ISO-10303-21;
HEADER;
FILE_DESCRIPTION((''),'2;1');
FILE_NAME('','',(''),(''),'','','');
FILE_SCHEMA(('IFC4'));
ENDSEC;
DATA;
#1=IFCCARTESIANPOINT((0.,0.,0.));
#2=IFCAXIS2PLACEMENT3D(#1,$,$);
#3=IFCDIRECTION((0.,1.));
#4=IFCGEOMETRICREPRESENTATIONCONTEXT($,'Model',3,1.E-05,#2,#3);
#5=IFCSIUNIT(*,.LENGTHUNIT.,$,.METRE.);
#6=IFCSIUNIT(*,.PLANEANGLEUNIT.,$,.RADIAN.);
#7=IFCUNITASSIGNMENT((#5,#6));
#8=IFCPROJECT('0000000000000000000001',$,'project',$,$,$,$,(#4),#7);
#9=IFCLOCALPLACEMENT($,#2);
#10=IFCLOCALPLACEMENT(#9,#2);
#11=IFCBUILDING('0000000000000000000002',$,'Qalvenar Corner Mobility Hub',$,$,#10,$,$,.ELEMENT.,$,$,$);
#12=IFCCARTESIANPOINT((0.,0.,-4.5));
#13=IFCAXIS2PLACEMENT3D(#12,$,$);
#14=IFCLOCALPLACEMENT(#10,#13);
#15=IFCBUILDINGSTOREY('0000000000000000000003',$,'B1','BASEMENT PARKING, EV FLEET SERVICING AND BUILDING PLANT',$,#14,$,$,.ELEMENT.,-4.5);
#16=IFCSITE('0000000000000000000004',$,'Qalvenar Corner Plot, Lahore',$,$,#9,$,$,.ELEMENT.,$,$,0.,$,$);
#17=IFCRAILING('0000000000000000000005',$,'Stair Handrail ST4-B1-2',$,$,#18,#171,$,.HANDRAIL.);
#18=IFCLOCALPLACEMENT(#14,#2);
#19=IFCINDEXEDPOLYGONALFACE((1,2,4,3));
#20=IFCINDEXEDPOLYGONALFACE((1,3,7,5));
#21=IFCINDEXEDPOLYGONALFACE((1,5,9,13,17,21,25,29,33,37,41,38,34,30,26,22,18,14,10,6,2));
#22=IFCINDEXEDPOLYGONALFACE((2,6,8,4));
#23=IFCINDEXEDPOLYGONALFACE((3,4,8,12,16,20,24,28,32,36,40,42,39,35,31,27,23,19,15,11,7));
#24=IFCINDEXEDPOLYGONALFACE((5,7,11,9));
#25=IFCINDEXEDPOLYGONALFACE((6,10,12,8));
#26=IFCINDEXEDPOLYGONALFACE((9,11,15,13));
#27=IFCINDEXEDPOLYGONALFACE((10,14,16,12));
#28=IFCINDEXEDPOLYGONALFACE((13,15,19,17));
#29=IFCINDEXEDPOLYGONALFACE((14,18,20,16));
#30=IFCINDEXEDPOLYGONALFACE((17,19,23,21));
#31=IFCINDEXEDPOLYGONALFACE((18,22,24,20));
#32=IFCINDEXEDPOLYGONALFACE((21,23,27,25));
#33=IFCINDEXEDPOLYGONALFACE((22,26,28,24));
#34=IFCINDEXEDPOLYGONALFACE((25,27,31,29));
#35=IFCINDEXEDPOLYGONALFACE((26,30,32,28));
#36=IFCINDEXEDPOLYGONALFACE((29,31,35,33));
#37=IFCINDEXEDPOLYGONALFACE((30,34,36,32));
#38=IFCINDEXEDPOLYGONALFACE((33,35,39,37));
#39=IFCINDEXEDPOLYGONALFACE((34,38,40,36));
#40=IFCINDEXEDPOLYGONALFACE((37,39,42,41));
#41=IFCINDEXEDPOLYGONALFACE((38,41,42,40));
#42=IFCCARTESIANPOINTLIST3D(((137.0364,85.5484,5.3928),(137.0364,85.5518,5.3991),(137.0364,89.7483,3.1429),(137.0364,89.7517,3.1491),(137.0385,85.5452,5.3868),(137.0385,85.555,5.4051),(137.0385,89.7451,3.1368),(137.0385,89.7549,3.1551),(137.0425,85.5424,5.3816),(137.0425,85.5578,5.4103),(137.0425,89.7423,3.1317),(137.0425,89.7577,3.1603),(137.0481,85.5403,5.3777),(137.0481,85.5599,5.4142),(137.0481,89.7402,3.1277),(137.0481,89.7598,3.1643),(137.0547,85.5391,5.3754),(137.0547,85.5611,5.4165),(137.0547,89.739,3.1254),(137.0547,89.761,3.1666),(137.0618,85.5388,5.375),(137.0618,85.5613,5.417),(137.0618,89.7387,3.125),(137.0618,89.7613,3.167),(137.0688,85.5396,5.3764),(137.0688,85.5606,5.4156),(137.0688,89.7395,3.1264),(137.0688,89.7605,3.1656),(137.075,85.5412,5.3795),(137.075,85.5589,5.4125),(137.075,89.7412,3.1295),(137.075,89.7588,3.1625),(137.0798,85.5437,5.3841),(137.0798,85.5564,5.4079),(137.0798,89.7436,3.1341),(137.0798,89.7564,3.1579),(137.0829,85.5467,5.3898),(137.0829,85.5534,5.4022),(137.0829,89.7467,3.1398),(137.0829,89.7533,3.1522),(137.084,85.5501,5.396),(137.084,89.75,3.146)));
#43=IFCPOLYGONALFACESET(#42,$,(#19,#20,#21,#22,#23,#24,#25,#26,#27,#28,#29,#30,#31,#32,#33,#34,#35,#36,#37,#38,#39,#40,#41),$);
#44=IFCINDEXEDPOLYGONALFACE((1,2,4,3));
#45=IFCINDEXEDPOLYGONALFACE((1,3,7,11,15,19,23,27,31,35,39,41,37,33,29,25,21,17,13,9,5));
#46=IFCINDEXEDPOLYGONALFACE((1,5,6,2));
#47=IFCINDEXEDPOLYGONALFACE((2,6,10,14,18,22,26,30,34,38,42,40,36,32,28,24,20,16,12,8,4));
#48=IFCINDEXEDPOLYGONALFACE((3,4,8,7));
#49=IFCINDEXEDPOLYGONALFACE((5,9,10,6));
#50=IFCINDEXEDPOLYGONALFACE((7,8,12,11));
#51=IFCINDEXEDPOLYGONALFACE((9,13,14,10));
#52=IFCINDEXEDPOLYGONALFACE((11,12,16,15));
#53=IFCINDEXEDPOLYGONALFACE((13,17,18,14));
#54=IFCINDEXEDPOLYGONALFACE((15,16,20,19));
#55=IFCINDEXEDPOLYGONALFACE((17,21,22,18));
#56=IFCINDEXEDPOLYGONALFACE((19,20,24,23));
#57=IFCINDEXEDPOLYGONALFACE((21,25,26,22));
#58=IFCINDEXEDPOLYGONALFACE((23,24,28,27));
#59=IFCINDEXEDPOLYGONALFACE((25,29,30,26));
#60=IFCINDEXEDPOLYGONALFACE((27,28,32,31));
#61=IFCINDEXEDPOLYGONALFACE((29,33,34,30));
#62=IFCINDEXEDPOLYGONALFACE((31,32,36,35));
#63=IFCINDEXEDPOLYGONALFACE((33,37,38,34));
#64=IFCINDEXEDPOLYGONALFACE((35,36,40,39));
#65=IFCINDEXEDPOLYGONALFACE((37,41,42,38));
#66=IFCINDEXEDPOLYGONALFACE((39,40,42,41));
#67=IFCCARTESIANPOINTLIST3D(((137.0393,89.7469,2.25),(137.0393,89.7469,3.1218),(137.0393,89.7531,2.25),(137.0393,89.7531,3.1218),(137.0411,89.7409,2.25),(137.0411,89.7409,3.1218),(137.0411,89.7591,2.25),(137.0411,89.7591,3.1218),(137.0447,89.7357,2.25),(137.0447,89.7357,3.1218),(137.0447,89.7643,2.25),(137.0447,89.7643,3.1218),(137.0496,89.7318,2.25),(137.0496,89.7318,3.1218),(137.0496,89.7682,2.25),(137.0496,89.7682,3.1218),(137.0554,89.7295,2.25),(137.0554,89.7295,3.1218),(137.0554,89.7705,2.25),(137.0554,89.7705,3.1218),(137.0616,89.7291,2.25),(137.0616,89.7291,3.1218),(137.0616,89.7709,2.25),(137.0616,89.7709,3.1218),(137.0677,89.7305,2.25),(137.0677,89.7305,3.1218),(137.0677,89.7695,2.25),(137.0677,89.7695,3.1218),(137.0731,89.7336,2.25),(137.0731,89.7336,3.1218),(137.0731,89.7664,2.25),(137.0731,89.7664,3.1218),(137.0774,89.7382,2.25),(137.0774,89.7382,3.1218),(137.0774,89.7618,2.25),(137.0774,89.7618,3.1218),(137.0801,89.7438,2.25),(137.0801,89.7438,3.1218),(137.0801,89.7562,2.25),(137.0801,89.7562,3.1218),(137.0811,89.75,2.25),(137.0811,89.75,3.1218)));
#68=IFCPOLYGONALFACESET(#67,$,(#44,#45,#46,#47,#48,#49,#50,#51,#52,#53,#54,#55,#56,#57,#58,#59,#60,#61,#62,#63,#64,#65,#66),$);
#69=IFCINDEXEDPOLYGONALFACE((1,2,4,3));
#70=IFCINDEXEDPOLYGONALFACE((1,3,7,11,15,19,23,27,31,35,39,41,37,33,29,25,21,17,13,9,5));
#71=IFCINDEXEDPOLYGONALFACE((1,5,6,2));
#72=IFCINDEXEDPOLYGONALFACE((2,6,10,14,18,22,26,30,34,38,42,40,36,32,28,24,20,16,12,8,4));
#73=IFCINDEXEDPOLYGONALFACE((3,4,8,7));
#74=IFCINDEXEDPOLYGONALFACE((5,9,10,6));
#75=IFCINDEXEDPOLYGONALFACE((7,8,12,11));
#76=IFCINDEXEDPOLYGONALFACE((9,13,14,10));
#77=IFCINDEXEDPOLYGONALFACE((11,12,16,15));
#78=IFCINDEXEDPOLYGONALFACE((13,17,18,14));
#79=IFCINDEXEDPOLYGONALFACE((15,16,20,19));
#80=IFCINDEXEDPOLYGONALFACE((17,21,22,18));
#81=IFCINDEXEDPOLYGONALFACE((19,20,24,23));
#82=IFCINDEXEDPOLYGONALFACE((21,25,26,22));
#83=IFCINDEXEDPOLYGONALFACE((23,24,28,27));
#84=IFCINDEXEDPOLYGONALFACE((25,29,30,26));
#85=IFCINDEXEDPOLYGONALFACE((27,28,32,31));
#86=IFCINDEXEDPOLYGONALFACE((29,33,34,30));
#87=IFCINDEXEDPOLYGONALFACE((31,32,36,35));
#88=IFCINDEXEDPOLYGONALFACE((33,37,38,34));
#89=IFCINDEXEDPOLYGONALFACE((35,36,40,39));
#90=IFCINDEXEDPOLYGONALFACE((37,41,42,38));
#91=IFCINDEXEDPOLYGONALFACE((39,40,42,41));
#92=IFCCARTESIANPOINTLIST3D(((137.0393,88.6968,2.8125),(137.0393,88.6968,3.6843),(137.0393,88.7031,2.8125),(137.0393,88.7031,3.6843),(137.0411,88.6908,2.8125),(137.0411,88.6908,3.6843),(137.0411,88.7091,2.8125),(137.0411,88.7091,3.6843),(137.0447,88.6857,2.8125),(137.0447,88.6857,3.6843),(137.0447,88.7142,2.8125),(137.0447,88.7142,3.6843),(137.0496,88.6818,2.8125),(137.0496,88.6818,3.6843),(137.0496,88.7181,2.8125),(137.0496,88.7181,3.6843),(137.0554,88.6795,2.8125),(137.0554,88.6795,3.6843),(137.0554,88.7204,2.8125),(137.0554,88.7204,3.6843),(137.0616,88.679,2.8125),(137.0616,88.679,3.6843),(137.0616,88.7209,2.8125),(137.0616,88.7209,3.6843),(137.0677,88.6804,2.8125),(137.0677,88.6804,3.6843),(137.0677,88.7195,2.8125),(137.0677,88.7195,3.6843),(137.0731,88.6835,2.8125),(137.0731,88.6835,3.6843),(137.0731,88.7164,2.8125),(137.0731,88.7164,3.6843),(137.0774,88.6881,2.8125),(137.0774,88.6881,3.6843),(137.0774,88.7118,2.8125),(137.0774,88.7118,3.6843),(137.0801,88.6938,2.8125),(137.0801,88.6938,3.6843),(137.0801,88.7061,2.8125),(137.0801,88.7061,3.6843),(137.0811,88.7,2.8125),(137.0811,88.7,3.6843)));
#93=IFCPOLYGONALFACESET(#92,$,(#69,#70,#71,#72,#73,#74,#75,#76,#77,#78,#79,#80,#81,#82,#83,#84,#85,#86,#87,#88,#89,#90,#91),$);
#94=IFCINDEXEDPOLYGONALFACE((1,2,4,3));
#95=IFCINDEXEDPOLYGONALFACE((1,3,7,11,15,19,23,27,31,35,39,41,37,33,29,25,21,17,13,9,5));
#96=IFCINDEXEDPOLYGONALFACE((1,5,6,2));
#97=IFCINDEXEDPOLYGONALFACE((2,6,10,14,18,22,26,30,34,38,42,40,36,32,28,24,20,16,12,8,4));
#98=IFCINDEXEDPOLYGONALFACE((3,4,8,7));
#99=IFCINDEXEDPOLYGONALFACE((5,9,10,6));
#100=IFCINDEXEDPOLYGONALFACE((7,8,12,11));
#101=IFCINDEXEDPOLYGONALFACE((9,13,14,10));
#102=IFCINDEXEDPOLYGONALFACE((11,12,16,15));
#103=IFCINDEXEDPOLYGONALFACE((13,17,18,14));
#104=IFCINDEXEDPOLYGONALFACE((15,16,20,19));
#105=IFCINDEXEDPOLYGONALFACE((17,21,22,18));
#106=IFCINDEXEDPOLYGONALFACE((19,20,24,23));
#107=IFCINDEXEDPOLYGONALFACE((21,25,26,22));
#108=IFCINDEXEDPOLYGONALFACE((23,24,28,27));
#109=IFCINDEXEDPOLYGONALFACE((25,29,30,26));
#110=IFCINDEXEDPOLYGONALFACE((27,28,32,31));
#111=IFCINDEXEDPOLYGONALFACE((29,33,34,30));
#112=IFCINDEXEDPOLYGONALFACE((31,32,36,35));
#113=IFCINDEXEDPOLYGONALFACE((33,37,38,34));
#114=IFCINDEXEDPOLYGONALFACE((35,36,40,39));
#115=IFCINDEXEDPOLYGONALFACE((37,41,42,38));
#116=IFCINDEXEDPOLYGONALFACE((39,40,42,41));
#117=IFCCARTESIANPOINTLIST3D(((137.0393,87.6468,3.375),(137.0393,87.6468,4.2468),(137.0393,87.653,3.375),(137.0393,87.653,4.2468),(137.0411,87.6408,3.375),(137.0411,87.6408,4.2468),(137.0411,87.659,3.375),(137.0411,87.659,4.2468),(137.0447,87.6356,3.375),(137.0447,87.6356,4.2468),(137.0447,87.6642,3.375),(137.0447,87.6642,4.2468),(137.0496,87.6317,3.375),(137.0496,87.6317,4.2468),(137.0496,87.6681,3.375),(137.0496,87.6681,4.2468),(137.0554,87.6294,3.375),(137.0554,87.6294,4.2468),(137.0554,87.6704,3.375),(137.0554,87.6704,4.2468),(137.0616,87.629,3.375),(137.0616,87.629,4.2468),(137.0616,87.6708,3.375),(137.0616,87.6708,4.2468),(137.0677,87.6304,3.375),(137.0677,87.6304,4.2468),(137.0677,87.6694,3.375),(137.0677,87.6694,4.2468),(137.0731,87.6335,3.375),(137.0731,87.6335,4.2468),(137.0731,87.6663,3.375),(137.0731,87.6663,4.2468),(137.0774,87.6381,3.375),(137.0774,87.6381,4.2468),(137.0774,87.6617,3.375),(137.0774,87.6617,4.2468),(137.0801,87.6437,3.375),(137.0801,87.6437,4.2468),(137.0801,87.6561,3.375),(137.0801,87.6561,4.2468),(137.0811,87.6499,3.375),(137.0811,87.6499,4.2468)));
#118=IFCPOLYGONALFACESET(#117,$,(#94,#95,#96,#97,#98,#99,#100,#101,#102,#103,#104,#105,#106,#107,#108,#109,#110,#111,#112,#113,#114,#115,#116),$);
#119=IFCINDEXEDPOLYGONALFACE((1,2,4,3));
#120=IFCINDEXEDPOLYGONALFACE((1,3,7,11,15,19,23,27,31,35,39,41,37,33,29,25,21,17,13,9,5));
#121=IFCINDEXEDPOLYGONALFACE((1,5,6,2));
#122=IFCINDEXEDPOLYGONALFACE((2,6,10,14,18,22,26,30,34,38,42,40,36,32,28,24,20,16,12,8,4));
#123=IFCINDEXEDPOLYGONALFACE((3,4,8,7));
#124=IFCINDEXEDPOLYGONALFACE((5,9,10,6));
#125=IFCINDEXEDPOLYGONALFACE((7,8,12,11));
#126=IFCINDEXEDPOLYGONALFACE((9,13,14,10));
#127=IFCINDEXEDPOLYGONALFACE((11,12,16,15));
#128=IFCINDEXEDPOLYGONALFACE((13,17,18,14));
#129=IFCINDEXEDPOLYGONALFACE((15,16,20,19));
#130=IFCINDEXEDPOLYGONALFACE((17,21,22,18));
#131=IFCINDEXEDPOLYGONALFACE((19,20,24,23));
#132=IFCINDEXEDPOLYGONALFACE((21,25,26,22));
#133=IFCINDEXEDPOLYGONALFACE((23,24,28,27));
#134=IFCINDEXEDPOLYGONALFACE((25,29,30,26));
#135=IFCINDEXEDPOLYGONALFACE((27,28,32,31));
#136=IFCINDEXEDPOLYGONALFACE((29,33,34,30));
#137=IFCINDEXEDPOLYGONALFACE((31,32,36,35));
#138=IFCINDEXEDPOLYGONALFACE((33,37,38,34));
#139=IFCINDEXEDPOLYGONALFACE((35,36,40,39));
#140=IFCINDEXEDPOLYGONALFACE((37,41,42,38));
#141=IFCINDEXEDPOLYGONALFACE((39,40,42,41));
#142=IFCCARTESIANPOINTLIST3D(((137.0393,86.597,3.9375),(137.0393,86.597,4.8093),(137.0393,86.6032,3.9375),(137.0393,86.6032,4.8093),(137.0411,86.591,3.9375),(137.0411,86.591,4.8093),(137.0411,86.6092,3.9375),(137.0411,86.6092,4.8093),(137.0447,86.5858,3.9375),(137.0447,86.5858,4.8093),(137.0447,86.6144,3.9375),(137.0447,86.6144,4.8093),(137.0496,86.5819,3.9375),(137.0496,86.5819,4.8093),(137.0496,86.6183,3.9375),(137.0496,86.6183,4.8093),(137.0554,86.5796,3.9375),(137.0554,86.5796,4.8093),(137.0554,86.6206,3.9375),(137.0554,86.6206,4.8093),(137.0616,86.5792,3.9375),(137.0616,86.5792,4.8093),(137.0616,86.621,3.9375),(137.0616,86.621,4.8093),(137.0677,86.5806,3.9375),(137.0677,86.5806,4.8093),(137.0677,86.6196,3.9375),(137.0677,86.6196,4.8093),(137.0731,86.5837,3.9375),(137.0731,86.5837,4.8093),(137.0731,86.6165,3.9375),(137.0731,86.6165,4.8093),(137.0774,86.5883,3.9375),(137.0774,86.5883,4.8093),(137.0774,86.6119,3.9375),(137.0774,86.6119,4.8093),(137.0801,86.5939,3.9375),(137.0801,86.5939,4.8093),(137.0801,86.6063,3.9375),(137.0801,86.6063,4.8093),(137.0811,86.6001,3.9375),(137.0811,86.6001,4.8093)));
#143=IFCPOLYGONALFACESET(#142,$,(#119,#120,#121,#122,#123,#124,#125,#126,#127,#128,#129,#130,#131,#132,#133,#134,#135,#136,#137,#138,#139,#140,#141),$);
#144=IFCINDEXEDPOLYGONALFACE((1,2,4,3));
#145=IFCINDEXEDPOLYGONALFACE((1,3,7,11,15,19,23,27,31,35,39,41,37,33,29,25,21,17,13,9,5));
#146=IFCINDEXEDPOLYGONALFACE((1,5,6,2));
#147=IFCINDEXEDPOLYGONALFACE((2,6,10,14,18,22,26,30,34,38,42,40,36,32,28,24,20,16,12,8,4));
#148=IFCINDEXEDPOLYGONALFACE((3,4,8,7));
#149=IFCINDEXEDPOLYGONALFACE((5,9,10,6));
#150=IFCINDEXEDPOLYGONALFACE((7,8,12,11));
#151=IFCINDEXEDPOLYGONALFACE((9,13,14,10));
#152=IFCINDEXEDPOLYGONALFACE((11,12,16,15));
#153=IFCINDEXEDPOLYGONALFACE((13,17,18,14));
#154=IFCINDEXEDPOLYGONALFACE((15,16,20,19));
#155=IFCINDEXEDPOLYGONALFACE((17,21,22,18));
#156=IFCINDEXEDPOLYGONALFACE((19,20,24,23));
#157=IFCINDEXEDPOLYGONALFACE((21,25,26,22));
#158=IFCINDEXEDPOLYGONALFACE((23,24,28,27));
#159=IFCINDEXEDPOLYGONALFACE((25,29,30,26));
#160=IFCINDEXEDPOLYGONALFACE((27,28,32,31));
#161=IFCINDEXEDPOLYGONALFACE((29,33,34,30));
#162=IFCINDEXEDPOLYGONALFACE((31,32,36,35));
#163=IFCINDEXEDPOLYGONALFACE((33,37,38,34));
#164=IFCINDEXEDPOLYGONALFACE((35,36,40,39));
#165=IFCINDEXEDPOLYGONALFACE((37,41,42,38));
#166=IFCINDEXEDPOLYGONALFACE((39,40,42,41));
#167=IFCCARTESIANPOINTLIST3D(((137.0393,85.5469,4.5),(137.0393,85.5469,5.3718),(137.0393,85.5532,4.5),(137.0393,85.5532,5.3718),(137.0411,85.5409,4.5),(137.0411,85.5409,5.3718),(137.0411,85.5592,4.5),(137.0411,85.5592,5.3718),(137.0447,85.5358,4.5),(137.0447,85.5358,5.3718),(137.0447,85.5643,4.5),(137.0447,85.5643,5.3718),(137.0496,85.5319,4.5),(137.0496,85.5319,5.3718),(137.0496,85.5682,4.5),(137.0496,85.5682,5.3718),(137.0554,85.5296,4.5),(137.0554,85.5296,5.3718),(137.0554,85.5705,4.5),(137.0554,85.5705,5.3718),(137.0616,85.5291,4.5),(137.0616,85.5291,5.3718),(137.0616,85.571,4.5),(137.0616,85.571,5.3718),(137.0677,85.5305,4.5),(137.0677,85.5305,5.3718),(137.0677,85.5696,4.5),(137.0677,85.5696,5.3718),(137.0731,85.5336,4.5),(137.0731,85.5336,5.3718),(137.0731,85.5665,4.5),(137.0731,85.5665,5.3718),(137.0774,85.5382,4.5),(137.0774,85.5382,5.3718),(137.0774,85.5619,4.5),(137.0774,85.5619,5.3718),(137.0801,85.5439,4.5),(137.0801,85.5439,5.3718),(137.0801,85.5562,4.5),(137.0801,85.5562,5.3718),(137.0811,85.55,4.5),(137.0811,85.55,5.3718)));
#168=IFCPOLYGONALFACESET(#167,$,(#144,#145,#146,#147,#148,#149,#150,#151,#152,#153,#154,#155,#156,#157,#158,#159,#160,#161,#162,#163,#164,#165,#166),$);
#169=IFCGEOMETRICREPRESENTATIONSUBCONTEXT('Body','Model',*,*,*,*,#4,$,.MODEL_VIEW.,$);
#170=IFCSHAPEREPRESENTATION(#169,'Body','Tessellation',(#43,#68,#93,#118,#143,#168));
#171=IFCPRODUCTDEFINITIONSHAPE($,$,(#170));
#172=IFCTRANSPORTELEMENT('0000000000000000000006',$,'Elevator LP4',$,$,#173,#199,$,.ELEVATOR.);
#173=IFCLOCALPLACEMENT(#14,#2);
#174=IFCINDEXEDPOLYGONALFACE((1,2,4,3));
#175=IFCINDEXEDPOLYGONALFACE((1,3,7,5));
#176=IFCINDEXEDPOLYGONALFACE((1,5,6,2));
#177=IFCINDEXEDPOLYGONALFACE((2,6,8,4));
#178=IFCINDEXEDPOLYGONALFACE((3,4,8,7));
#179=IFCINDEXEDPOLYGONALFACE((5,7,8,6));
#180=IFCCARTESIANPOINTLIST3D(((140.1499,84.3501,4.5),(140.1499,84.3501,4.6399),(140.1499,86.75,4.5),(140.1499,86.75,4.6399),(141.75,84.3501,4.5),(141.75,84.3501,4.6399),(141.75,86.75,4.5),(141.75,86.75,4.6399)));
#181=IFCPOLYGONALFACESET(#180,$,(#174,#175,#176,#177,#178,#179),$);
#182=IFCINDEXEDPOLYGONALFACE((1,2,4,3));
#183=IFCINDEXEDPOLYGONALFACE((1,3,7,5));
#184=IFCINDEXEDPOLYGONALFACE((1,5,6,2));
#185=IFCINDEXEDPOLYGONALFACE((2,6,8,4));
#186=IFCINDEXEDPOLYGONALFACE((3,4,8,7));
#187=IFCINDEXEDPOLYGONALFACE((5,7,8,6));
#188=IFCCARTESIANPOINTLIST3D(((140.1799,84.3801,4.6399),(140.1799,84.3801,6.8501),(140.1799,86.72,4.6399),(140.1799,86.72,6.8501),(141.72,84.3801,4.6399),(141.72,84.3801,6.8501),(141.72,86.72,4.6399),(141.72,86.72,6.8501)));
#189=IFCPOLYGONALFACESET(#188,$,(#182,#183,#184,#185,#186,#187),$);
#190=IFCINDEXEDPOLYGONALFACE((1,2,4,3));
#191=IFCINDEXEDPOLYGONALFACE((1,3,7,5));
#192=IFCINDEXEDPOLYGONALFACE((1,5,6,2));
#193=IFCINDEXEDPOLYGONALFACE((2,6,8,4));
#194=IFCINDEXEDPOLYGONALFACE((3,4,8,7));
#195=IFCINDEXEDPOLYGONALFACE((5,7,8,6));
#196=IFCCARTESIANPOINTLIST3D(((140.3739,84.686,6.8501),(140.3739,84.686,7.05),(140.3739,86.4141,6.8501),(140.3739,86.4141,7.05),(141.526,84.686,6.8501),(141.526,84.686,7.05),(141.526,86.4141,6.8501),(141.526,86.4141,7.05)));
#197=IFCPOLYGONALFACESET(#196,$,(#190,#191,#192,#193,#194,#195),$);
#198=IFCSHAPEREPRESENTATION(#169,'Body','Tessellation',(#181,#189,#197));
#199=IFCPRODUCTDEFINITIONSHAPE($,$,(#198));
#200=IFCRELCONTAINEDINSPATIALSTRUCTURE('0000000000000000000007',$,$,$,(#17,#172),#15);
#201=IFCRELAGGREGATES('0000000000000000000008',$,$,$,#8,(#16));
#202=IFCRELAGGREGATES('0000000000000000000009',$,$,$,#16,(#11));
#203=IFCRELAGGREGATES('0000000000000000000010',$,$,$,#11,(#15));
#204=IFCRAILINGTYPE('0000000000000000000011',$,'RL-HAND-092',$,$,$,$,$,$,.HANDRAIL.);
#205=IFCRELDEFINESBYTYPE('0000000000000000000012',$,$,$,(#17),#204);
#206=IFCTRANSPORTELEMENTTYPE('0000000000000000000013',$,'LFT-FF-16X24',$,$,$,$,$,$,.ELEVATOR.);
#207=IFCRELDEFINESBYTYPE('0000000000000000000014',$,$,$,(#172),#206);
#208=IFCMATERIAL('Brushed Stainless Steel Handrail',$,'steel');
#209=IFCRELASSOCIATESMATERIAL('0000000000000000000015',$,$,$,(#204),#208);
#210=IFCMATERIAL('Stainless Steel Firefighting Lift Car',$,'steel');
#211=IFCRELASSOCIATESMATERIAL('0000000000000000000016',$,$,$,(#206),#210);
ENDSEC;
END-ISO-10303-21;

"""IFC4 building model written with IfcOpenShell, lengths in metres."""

from ifc_helpers import new_model, si_unit, direction, frame, origin, origin_2d, place, context, subcontext, project, spatial, rectangle, circle, extrude, material, type_object, element, save


model = new_model("IFC4")

# Units and contexts
model_context = context("Model", 3, precision=1e-05, world=origin(), true_north=direction((0.0, 1.0)))
body_context = subcontext(model_context, "Body", "Model", "MODEL_VIEW")
ifc_project = project(units=[si_unit("LENGTHUNIT", "METRE"), si_unit("PLANEANGLEUNIT", "RADIAN")], contexts=[model_context])

# Site, building, storey
site_placement = place(None, origin())
site = spatial("IfcSite", under=ifc_project, at=site_placement, Name="Qalvenar Corner Plot, Lahore", CompositionType="ELEMENT", RefElevation=0.0)
building_placement = place(site_placement, origin())
building = spatial("IfcBuilding", under=site, at=building_placement, Name="Qalvenar Corner Mobility Hub", CompositionType="ELEMENT")
storey_placement = place(building_placement, frame((0.0, 0.0, -4.5)))
storey = spatial("IfcBuildingStorey", under=building, at=storey_placement, Name="B1", Description="BASEMENT PARKING, EV FLEET SERVICING AND BUILDING PLANT", CompositionType="ELEMENT", Elevation=-4.5)

# Railing
ifc_material_1 = material(Name="Brushed Stainless Steel Handrail", Category="steel")
railing_type_1 = type_object("IfcRailingType", Name="RL-HAND-092", PredefinedType="HANDRAIL", material=ifc_material_1)
railing_1_placement = place(storey_placement, frame((137.0601, 89.75, 2.25)))
element("IfcRailing", 1, at=railing_1_placement, inside=storey, type_object=railing_type_1, Name="Stair Handrail ST4-B1-2", PredefinedType="HANDRAIL", context=body_context, shape_type="SweptSolid", body=[
    extrude(circle(Radius=0.0239, at=origin_2d()), frame((0.0, 0.0, 0.896), z_axis=(0.0, -0.881478, 0.472226), x_axis=(1.0, 0.0, 0.0)), (0.0, 0.0, 1.0), 4.7646),
    extrude(circle(Radius=0.021, at=origin_2d()), origin(), (0.0, 0.0, 1.0), 0.8718),
    extrude(circle(Radius=0.021, at=origin_2d()), frame((0.0, -1.05, 0.5625)), (0.0, 0.0, 1.0), 0.8718),
    extrude(circle(Radius=0.021, at=origin_2d()), frame((0.0, -2.1001, 1.125)), (0.0, 0.0, 1.0), 0.8718),
    extrude(circle(Radius=0.021, at=origin_2d()), frame((0.0, -3.1499, 1.6875)), (0.0, 0.0, 1.0), 0.8718),
    extrude(circle(Radius=0.021, at=origin_2d()), frame((0.0, -4.2, 2.25)), (0.0, 0.0, 1.0), 0.8718),
])

# Transport element
ifc_material_2 = material(Name="Stainless Steel Firefighting Lift Car", Category="steel")
transport_element_type = type_object("IfcTransportElementType", Name="LFT-FF-16X24", PredefinedType="ELEVATOR", material=ifc_material_2)
transport_element_placement = place(storey_placement, frame((140.95, 85.55, 4.5)))
element("IfcTransportElement", 2, at=transport_element_placement, inside=storey, type_object=transport_element_type, Name="Elevator LP4", PredefinedType="ELEVATOR", context=body_context, shape_type="SweptSolid", body=[
    extrude(rectangle(XDim=1.6001, YDim=2.3999, at=origin_2d()), origin(), (0.0, 0.0, 1.0), 0.1399),
    extrude(rectangle(XDim=1.54, YDim=2.3398, at=origin_2d()), frame((0.0, 0.0, 0.1399)), (0.0, 0.0, 1.0), 2.2102),
    extrude(rectangle(XDim=1.1521, YDim=1.728, at=origin_2d()), frame((0.0, 0.0, 2.3501)), (0.0, 0.0, 1.0), 0.2),
])

save(model, "model.ifc")
